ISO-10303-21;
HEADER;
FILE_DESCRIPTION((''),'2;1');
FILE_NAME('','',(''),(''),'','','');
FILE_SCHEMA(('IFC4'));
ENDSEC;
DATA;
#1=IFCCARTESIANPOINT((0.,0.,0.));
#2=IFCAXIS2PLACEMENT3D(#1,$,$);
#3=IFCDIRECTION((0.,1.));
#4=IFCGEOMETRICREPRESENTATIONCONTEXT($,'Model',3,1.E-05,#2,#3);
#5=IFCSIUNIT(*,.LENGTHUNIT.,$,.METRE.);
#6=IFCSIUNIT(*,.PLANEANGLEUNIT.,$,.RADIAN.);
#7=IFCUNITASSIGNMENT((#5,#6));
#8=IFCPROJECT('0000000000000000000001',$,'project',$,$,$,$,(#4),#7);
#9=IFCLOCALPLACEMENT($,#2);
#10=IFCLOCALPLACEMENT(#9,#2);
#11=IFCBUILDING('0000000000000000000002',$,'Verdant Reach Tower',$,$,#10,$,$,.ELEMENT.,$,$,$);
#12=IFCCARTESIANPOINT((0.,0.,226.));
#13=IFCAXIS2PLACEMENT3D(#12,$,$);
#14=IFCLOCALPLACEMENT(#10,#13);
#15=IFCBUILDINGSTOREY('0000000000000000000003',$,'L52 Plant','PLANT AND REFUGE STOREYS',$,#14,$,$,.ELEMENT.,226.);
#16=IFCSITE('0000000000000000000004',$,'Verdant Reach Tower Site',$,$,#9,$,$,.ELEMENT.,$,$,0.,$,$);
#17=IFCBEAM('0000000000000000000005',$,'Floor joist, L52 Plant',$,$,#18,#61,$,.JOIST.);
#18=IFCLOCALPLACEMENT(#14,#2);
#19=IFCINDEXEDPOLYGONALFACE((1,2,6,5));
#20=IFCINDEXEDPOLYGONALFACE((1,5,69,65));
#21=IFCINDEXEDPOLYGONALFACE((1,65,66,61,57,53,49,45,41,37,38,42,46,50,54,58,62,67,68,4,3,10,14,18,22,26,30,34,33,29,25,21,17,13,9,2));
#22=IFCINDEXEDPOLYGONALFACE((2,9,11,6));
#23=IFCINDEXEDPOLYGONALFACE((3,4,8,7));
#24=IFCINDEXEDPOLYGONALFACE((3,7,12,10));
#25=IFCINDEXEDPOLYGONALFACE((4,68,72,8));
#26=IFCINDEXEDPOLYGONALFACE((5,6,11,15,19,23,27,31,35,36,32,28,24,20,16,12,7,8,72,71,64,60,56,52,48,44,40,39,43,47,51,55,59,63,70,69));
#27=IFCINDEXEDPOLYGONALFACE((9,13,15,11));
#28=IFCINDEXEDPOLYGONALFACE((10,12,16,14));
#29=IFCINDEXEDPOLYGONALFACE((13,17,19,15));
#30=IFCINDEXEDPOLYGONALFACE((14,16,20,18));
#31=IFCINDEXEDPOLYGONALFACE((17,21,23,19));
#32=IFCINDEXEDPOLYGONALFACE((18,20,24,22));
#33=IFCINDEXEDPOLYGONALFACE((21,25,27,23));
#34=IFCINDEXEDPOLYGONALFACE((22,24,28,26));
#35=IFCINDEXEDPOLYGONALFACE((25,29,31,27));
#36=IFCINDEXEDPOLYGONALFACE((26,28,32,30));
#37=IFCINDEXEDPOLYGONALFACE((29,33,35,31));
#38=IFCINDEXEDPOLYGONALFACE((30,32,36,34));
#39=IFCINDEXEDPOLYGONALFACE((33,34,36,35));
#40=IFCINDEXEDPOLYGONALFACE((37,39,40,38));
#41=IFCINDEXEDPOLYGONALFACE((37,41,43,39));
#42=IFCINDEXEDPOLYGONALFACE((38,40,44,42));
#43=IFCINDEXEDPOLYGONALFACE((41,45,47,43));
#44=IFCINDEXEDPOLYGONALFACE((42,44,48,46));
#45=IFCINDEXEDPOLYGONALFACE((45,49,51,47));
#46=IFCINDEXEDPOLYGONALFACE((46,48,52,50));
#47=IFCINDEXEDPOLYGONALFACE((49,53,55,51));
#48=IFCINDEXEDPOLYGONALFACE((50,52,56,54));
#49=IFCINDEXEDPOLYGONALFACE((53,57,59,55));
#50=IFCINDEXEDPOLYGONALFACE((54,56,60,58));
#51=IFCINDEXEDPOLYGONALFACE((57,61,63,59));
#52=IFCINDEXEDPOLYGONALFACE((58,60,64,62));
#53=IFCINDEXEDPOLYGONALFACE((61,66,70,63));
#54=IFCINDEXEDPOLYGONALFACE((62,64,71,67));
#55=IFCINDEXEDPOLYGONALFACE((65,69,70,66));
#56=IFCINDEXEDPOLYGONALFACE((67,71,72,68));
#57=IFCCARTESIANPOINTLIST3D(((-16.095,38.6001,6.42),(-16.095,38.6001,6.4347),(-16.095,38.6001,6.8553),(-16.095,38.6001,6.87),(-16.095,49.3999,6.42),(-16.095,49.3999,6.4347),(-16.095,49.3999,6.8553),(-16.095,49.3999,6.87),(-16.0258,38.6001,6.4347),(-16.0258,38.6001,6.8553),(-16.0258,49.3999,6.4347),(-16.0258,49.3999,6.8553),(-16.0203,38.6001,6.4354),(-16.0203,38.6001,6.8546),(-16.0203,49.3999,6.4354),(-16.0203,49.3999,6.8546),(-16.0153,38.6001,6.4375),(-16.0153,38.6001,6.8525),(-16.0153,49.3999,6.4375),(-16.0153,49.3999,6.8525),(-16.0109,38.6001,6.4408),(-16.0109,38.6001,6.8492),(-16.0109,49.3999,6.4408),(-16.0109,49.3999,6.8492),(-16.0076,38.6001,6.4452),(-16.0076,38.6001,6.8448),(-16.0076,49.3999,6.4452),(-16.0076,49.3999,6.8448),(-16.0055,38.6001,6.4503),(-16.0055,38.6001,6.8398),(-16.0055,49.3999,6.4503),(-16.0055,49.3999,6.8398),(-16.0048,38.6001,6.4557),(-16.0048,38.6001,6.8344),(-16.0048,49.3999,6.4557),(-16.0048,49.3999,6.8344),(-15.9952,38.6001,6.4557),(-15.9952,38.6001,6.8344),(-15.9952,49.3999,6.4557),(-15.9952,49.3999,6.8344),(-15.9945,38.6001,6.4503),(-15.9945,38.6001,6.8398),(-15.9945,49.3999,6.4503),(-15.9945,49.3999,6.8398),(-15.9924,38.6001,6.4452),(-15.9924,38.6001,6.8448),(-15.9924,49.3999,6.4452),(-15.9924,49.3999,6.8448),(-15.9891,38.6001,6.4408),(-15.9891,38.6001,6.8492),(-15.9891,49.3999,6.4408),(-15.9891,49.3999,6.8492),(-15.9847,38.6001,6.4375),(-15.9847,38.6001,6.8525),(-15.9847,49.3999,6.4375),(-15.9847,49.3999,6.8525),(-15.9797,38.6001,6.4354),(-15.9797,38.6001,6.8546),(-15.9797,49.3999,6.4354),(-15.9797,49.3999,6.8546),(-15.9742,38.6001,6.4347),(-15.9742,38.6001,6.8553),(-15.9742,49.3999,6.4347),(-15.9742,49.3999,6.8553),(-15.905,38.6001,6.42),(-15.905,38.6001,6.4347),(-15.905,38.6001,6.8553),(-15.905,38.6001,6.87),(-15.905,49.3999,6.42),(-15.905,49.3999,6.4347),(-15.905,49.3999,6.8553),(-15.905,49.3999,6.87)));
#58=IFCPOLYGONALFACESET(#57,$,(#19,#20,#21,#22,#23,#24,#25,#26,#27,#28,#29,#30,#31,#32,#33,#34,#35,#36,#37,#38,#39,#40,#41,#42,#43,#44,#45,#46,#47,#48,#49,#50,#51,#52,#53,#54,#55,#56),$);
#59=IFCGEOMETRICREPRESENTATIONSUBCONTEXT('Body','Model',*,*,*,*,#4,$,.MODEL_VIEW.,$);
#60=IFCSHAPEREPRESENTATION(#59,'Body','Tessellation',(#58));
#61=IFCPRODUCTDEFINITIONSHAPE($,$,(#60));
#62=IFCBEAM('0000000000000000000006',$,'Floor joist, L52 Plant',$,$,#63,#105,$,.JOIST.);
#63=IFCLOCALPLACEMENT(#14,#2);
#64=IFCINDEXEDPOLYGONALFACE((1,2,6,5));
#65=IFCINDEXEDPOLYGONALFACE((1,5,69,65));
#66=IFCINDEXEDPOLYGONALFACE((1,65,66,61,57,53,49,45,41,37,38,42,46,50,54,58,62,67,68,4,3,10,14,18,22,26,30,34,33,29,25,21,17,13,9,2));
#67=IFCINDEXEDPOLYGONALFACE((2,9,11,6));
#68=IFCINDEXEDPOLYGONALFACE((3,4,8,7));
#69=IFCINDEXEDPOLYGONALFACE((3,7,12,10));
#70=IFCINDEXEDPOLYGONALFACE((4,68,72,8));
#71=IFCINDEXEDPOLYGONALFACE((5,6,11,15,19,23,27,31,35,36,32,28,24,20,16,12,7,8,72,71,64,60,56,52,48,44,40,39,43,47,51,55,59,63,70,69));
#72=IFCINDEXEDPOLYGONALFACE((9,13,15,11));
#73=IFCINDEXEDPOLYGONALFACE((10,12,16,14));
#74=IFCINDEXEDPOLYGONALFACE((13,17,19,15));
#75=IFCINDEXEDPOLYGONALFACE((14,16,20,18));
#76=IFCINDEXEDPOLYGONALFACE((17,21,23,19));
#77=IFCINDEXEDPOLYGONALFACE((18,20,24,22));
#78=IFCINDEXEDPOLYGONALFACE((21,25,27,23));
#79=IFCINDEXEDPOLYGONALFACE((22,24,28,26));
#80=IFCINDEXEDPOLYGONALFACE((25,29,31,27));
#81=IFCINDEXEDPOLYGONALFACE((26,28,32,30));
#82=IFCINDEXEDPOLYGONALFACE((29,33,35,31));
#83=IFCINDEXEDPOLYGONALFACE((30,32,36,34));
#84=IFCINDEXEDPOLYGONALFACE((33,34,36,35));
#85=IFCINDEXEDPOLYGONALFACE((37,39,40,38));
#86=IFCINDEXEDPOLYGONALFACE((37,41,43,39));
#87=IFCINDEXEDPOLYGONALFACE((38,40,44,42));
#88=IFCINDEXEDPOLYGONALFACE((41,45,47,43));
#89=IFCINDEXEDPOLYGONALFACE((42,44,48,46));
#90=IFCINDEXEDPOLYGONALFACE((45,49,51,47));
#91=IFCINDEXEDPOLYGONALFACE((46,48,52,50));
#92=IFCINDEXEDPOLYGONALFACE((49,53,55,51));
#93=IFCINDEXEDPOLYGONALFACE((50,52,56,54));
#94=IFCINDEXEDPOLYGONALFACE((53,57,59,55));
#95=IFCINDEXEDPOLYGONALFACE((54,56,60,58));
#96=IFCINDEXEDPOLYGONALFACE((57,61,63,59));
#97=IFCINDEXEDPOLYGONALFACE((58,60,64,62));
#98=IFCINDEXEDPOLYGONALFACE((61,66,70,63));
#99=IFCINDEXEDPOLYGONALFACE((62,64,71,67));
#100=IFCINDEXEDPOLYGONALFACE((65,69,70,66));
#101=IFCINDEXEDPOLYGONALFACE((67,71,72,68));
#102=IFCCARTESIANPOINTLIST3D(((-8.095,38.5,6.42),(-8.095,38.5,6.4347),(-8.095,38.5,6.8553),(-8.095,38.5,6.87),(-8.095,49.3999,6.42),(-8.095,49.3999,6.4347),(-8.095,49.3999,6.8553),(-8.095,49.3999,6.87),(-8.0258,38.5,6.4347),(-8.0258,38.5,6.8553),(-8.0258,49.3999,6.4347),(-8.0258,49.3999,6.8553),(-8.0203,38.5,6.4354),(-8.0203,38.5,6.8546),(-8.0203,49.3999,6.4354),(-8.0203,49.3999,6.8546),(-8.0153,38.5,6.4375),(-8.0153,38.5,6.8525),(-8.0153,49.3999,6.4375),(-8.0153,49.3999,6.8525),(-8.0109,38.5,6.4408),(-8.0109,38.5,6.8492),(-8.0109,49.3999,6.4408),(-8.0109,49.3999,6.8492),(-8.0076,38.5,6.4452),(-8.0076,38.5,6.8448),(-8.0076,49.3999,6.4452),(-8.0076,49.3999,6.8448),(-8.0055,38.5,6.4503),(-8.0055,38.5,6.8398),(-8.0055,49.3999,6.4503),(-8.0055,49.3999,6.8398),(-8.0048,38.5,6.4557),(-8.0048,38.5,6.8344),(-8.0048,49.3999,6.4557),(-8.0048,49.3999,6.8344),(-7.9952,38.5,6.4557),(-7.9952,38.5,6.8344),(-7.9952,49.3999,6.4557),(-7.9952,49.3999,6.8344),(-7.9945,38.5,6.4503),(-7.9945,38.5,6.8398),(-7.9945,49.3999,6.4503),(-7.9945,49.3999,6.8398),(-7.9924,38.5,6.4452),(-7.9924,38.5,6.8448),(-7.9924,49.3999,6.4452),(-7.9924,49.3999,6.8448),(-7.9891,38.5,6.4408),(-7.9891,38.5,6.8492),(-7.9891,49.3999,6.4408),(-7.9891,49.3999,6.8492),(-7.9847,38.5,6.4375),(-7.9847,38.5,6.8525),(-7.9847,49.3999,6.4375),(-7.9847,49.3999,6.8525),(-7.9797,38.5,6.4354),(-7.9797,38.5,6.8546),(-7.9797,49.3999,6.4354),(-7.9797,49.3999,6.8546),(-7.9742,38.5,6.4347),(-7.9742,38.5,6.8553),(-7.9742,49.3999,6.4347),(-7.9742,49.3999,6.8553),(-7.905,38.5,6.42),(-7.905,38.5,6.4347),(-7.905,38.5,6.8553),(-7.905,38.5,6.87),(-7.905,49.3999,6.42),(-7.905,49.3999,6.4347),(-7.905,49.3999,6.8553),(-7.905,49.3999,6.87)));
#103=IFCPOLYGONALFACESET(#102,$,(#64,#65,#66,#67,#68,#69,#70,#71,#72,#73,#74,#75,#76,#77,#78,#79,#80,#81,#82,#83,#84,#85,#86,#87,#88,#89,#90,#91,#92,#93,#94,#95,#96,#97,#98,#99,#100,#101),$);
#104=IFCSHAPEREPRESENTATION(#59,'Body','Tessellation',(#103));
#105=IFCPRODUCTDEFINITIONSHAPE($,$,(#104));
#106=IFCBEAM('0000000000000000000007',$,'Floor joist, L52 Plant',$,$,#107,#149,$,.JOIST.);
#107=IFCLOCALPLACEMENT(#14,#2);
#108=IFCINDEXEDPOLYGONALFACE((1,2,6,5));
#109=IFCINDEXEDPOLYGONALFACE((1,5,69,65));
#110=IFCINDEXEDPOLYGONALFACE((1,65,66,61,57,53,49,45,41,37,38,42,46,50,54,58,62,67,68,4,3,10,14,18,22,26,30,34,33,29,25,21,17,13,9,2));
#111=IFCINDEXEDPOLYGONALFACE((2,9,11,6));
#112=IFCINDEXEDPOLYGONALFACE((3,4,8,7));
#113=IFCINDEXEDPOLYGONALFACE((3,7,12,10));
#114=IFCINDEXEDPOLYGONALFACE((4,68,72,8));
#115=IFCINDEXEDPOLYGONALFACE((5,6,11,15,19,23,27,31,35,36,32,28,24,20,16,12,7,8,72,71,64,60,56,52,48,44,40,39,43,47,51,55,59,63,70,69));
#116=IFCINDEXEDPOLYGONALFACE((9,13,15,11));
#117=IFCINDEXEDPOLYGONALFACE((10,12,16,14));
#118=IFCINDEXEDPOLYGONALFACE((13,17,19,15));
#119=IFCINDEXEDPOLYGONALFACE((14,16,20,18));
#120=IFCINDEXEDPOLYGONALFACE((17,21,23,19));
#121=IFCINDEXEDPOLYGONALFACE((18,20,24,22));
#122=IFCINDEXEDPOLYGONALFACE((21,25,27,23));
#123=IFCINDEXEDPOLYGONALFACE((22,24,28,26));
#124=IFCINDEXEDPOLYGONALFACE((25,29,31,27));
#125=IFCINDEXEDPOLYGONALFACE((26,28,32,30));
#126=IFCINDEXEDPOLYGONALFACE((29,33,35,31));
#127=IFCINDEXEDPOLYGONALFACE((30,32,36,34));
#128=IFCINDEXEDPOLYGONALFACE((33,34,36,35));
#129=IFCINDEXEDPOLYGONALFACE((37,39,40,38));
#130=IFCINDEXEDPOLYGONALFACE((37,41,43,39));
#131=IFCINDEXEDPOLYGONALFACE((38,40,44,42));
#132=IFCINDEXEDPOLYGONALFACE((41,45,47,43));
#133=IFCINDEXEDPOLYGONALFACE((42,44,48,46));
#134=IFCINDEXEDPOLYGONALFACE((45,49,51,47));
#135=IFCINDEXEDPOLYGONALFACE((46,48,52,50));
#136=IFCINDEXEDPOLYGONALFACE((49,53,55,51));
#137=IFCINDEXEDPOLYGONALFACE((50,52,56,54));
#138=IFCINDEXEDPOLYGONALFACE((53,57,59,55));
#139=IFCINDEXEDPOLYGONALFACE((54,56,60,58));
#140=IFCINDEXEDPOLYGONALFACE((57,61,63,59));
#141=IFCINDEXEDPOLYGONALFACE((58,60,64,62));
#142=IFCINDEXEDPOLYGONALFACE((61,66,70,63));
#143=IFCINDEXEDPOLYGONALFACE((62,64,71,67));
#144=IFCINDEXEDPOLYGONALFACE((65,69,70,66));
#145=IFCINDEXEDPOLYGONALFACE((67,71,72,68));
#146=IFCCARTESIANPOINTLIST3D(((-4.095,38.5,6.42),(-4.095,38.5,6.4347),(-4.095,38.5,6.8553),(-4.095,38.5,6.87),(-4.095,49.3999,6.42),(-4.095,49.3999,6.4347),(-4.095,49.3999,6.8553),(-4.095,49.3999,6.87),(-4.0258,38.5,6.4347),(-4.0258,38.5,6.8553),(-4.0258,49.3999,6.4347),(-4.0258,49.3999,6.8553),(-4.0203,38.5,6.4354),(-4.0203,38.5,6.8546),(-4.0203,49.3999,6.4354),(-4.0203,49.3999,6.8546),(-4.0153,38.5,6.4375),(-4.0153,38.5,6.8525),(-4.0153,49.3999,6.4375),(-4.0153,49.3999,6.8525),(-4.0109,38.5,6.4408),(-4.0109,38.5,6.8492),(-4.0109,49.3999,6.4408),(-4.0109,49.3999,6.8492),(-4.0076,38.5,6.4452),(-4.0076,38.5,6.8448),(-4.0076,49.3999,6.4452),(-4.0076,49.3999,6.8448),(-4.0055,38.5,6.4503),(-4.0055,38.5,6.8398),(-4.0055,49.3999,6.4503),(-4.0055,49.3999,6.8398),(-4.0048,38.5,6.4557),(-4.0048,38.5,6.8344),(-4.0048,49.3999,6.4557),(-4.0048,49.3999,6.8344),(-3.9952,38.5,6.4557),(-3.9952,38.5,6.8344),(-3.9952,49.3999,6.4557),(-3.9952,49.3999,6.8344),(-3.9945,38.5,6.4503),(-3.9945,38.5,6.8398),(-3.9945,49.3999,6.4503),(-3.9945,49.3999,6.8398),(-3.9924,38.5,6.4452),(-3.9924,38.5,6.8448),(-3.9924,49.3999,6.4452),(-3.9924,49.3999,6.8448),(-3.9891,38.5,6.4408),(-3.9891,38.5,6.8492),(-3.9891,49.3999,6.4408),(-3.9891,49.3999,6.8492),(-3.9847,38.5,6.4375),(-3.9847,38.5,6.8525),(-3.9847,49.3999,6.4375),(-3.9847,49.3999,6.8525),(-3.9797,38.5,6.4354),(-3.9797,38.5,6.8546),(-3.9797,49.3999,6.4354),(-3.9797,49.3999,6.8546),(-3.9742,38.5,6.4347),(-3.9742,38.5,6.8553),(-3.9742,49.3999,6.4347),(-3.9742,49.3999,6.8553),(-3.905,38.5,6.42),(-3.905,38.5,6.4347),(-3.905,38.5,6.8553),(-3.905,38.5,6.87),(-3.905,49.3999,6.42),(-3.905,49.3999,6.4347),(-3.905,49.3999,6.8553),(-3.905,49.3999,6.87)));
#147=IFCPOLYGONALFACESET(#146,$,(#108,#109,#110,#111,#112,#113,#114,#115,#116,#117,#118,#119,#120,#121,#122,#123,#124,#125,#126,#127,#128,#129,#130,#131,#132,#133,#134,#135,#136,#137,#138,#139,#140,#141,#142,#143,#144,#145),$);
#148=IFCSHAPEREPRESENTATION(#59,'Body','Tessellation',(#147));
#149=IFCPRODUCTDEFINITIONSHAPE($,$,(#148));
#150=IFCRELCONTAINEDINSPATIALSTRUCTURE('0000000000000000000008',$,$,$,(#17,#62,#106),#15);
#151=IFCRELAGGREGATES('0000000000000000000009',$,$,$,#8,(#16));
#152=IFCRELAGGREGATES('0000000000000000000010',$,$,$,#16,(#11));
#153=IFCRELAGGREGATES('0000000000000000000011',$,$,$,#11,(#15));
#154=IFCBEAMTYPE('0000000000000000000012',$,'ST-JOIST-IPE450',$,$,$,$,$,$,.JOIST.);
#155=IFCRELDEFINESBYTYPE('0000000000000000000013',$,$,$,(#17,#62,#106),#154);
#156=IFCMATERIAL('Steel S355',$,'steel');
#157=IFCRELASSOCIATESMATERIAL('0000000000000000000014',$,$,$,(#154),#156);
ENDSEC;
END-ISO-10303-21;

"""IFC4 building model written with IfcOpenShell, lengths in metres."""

from ifc_helpers import new_model, si_unit, direction, frame, origin, origin_2d, place, context, subcontext, project, spatial, i_section, extrude, material, material_profile, profile_set, type_object, element, save


model = new_model("IFC4")

# Units and contexts
model_context = context("Model", 3, precision=1e-05, world=origin(), true_north=direction((0.0, 1.0)))
body_context = subcontext(model_context, "Body", "Model", "MODEL_VIEW")
ifc_project = project(units=[si_unit("LENGTHUNIT", "METRE"), si_unit("PLANEANGLEUNIT", "RADIAN")], contexts=[model_context])

# Site, building, storey
site_placement = place(None, origin())
site = spatial("IfcSite", under=ifc_project, at=site_placement, Name="Verdant Reach Tower Site", CompositionType="ELEMENT", RefElevation=0.0)
building_placement = place(site_placement, origin())
building = spatial("IfcBuilding", under=site, at=building_placement, Name="Verdant Reach Tower", CompositionType="ELEMENT")
storey_placement = place(building_placement, frame((0.0, 0.0, 226.0)))
storey = spatial("IfcBuildingStorey", under=building, at=storey_placement, Name="L52 Plant", Description="PLANT AND REFUGE STOREYS", CompositionType="ELEMENT", Elevation=226.0)

# Beams
ifc_material_1 = material(Name="Steel S355", Category="steel")
ifc_material_profile_1 = material_profile(ifc_material_1, i_section(OverallWidth=0.1899, OverallDepth=0.45, WebThickness=0.0095, FlangeThickness=0.0146, FilletRadius=0.021, at=origin_2d()), Name="IPE 450")
ifc_profile_set_1 = profile_set([ifc_material_profile_1], Name="Steel S355")
beam_type_1 = type_object("IfcBeamType", Name="ST-JOIST-IPE450", PredefinedType="JOIST", material=ifc_profile_set_1)
beam_1_placement = place(storey_placement, frame((-16.0, 38.6001, 6.645), z_axis=(0.0, 1.0, 0.0), x_axis=(-1.0, 0.0, 0.0)))
element("IfcBeam", 1, at=beam_1_placement, inside=storey, type_object=beam_type_1, Name="Floor joist, L52 Plant", PredefinedType="JOIST", context=body_context, shape_type="SweptSolid", body=[
    extrude(i_section(OverallWidth=0.1899, OverallDepth=0.45, WebThickness=0.0095, FlangeThickness=0.0146, FilletRadius=0.021, at=origin_2d()), origin(), (0.0, 0.0, 1.0), 10.7998),
])
for number, where, z_axis, x_axis, name in (
    (2, (-8.0, 38.5, 6.645), (0.0, 1.0, 0.0), (-1.0, 0.0, 0.0), "Floor joist, L52 Plant"),
    (3, (-4.0, 38.5, 6.645), (0.0, 1.0, 0.0), (-1.0, 0.0, 0.0), "Floor joist, L52 Plant"),
):
    element("IfcBeam", number, at=place(storey_placement, frame(where, z_axis=z_axis, x_axis=x_axis)), inside=storey, type_object=beam_type_1, Name=name, PredefinedType="JOIST", context=body_context, shape_type="SweptSolid", body=[
        extrude(i_section(OverallWidth=0.1899, OverallDepth=0.45, WebThickness=0.0095, FlangeThickness=0.0146, FilletRadius=0.021, at=origin_2d()), origin(), (0.0, 0.0, 1.0), 10.8999),
    ])

save(model, "model.ifc")
